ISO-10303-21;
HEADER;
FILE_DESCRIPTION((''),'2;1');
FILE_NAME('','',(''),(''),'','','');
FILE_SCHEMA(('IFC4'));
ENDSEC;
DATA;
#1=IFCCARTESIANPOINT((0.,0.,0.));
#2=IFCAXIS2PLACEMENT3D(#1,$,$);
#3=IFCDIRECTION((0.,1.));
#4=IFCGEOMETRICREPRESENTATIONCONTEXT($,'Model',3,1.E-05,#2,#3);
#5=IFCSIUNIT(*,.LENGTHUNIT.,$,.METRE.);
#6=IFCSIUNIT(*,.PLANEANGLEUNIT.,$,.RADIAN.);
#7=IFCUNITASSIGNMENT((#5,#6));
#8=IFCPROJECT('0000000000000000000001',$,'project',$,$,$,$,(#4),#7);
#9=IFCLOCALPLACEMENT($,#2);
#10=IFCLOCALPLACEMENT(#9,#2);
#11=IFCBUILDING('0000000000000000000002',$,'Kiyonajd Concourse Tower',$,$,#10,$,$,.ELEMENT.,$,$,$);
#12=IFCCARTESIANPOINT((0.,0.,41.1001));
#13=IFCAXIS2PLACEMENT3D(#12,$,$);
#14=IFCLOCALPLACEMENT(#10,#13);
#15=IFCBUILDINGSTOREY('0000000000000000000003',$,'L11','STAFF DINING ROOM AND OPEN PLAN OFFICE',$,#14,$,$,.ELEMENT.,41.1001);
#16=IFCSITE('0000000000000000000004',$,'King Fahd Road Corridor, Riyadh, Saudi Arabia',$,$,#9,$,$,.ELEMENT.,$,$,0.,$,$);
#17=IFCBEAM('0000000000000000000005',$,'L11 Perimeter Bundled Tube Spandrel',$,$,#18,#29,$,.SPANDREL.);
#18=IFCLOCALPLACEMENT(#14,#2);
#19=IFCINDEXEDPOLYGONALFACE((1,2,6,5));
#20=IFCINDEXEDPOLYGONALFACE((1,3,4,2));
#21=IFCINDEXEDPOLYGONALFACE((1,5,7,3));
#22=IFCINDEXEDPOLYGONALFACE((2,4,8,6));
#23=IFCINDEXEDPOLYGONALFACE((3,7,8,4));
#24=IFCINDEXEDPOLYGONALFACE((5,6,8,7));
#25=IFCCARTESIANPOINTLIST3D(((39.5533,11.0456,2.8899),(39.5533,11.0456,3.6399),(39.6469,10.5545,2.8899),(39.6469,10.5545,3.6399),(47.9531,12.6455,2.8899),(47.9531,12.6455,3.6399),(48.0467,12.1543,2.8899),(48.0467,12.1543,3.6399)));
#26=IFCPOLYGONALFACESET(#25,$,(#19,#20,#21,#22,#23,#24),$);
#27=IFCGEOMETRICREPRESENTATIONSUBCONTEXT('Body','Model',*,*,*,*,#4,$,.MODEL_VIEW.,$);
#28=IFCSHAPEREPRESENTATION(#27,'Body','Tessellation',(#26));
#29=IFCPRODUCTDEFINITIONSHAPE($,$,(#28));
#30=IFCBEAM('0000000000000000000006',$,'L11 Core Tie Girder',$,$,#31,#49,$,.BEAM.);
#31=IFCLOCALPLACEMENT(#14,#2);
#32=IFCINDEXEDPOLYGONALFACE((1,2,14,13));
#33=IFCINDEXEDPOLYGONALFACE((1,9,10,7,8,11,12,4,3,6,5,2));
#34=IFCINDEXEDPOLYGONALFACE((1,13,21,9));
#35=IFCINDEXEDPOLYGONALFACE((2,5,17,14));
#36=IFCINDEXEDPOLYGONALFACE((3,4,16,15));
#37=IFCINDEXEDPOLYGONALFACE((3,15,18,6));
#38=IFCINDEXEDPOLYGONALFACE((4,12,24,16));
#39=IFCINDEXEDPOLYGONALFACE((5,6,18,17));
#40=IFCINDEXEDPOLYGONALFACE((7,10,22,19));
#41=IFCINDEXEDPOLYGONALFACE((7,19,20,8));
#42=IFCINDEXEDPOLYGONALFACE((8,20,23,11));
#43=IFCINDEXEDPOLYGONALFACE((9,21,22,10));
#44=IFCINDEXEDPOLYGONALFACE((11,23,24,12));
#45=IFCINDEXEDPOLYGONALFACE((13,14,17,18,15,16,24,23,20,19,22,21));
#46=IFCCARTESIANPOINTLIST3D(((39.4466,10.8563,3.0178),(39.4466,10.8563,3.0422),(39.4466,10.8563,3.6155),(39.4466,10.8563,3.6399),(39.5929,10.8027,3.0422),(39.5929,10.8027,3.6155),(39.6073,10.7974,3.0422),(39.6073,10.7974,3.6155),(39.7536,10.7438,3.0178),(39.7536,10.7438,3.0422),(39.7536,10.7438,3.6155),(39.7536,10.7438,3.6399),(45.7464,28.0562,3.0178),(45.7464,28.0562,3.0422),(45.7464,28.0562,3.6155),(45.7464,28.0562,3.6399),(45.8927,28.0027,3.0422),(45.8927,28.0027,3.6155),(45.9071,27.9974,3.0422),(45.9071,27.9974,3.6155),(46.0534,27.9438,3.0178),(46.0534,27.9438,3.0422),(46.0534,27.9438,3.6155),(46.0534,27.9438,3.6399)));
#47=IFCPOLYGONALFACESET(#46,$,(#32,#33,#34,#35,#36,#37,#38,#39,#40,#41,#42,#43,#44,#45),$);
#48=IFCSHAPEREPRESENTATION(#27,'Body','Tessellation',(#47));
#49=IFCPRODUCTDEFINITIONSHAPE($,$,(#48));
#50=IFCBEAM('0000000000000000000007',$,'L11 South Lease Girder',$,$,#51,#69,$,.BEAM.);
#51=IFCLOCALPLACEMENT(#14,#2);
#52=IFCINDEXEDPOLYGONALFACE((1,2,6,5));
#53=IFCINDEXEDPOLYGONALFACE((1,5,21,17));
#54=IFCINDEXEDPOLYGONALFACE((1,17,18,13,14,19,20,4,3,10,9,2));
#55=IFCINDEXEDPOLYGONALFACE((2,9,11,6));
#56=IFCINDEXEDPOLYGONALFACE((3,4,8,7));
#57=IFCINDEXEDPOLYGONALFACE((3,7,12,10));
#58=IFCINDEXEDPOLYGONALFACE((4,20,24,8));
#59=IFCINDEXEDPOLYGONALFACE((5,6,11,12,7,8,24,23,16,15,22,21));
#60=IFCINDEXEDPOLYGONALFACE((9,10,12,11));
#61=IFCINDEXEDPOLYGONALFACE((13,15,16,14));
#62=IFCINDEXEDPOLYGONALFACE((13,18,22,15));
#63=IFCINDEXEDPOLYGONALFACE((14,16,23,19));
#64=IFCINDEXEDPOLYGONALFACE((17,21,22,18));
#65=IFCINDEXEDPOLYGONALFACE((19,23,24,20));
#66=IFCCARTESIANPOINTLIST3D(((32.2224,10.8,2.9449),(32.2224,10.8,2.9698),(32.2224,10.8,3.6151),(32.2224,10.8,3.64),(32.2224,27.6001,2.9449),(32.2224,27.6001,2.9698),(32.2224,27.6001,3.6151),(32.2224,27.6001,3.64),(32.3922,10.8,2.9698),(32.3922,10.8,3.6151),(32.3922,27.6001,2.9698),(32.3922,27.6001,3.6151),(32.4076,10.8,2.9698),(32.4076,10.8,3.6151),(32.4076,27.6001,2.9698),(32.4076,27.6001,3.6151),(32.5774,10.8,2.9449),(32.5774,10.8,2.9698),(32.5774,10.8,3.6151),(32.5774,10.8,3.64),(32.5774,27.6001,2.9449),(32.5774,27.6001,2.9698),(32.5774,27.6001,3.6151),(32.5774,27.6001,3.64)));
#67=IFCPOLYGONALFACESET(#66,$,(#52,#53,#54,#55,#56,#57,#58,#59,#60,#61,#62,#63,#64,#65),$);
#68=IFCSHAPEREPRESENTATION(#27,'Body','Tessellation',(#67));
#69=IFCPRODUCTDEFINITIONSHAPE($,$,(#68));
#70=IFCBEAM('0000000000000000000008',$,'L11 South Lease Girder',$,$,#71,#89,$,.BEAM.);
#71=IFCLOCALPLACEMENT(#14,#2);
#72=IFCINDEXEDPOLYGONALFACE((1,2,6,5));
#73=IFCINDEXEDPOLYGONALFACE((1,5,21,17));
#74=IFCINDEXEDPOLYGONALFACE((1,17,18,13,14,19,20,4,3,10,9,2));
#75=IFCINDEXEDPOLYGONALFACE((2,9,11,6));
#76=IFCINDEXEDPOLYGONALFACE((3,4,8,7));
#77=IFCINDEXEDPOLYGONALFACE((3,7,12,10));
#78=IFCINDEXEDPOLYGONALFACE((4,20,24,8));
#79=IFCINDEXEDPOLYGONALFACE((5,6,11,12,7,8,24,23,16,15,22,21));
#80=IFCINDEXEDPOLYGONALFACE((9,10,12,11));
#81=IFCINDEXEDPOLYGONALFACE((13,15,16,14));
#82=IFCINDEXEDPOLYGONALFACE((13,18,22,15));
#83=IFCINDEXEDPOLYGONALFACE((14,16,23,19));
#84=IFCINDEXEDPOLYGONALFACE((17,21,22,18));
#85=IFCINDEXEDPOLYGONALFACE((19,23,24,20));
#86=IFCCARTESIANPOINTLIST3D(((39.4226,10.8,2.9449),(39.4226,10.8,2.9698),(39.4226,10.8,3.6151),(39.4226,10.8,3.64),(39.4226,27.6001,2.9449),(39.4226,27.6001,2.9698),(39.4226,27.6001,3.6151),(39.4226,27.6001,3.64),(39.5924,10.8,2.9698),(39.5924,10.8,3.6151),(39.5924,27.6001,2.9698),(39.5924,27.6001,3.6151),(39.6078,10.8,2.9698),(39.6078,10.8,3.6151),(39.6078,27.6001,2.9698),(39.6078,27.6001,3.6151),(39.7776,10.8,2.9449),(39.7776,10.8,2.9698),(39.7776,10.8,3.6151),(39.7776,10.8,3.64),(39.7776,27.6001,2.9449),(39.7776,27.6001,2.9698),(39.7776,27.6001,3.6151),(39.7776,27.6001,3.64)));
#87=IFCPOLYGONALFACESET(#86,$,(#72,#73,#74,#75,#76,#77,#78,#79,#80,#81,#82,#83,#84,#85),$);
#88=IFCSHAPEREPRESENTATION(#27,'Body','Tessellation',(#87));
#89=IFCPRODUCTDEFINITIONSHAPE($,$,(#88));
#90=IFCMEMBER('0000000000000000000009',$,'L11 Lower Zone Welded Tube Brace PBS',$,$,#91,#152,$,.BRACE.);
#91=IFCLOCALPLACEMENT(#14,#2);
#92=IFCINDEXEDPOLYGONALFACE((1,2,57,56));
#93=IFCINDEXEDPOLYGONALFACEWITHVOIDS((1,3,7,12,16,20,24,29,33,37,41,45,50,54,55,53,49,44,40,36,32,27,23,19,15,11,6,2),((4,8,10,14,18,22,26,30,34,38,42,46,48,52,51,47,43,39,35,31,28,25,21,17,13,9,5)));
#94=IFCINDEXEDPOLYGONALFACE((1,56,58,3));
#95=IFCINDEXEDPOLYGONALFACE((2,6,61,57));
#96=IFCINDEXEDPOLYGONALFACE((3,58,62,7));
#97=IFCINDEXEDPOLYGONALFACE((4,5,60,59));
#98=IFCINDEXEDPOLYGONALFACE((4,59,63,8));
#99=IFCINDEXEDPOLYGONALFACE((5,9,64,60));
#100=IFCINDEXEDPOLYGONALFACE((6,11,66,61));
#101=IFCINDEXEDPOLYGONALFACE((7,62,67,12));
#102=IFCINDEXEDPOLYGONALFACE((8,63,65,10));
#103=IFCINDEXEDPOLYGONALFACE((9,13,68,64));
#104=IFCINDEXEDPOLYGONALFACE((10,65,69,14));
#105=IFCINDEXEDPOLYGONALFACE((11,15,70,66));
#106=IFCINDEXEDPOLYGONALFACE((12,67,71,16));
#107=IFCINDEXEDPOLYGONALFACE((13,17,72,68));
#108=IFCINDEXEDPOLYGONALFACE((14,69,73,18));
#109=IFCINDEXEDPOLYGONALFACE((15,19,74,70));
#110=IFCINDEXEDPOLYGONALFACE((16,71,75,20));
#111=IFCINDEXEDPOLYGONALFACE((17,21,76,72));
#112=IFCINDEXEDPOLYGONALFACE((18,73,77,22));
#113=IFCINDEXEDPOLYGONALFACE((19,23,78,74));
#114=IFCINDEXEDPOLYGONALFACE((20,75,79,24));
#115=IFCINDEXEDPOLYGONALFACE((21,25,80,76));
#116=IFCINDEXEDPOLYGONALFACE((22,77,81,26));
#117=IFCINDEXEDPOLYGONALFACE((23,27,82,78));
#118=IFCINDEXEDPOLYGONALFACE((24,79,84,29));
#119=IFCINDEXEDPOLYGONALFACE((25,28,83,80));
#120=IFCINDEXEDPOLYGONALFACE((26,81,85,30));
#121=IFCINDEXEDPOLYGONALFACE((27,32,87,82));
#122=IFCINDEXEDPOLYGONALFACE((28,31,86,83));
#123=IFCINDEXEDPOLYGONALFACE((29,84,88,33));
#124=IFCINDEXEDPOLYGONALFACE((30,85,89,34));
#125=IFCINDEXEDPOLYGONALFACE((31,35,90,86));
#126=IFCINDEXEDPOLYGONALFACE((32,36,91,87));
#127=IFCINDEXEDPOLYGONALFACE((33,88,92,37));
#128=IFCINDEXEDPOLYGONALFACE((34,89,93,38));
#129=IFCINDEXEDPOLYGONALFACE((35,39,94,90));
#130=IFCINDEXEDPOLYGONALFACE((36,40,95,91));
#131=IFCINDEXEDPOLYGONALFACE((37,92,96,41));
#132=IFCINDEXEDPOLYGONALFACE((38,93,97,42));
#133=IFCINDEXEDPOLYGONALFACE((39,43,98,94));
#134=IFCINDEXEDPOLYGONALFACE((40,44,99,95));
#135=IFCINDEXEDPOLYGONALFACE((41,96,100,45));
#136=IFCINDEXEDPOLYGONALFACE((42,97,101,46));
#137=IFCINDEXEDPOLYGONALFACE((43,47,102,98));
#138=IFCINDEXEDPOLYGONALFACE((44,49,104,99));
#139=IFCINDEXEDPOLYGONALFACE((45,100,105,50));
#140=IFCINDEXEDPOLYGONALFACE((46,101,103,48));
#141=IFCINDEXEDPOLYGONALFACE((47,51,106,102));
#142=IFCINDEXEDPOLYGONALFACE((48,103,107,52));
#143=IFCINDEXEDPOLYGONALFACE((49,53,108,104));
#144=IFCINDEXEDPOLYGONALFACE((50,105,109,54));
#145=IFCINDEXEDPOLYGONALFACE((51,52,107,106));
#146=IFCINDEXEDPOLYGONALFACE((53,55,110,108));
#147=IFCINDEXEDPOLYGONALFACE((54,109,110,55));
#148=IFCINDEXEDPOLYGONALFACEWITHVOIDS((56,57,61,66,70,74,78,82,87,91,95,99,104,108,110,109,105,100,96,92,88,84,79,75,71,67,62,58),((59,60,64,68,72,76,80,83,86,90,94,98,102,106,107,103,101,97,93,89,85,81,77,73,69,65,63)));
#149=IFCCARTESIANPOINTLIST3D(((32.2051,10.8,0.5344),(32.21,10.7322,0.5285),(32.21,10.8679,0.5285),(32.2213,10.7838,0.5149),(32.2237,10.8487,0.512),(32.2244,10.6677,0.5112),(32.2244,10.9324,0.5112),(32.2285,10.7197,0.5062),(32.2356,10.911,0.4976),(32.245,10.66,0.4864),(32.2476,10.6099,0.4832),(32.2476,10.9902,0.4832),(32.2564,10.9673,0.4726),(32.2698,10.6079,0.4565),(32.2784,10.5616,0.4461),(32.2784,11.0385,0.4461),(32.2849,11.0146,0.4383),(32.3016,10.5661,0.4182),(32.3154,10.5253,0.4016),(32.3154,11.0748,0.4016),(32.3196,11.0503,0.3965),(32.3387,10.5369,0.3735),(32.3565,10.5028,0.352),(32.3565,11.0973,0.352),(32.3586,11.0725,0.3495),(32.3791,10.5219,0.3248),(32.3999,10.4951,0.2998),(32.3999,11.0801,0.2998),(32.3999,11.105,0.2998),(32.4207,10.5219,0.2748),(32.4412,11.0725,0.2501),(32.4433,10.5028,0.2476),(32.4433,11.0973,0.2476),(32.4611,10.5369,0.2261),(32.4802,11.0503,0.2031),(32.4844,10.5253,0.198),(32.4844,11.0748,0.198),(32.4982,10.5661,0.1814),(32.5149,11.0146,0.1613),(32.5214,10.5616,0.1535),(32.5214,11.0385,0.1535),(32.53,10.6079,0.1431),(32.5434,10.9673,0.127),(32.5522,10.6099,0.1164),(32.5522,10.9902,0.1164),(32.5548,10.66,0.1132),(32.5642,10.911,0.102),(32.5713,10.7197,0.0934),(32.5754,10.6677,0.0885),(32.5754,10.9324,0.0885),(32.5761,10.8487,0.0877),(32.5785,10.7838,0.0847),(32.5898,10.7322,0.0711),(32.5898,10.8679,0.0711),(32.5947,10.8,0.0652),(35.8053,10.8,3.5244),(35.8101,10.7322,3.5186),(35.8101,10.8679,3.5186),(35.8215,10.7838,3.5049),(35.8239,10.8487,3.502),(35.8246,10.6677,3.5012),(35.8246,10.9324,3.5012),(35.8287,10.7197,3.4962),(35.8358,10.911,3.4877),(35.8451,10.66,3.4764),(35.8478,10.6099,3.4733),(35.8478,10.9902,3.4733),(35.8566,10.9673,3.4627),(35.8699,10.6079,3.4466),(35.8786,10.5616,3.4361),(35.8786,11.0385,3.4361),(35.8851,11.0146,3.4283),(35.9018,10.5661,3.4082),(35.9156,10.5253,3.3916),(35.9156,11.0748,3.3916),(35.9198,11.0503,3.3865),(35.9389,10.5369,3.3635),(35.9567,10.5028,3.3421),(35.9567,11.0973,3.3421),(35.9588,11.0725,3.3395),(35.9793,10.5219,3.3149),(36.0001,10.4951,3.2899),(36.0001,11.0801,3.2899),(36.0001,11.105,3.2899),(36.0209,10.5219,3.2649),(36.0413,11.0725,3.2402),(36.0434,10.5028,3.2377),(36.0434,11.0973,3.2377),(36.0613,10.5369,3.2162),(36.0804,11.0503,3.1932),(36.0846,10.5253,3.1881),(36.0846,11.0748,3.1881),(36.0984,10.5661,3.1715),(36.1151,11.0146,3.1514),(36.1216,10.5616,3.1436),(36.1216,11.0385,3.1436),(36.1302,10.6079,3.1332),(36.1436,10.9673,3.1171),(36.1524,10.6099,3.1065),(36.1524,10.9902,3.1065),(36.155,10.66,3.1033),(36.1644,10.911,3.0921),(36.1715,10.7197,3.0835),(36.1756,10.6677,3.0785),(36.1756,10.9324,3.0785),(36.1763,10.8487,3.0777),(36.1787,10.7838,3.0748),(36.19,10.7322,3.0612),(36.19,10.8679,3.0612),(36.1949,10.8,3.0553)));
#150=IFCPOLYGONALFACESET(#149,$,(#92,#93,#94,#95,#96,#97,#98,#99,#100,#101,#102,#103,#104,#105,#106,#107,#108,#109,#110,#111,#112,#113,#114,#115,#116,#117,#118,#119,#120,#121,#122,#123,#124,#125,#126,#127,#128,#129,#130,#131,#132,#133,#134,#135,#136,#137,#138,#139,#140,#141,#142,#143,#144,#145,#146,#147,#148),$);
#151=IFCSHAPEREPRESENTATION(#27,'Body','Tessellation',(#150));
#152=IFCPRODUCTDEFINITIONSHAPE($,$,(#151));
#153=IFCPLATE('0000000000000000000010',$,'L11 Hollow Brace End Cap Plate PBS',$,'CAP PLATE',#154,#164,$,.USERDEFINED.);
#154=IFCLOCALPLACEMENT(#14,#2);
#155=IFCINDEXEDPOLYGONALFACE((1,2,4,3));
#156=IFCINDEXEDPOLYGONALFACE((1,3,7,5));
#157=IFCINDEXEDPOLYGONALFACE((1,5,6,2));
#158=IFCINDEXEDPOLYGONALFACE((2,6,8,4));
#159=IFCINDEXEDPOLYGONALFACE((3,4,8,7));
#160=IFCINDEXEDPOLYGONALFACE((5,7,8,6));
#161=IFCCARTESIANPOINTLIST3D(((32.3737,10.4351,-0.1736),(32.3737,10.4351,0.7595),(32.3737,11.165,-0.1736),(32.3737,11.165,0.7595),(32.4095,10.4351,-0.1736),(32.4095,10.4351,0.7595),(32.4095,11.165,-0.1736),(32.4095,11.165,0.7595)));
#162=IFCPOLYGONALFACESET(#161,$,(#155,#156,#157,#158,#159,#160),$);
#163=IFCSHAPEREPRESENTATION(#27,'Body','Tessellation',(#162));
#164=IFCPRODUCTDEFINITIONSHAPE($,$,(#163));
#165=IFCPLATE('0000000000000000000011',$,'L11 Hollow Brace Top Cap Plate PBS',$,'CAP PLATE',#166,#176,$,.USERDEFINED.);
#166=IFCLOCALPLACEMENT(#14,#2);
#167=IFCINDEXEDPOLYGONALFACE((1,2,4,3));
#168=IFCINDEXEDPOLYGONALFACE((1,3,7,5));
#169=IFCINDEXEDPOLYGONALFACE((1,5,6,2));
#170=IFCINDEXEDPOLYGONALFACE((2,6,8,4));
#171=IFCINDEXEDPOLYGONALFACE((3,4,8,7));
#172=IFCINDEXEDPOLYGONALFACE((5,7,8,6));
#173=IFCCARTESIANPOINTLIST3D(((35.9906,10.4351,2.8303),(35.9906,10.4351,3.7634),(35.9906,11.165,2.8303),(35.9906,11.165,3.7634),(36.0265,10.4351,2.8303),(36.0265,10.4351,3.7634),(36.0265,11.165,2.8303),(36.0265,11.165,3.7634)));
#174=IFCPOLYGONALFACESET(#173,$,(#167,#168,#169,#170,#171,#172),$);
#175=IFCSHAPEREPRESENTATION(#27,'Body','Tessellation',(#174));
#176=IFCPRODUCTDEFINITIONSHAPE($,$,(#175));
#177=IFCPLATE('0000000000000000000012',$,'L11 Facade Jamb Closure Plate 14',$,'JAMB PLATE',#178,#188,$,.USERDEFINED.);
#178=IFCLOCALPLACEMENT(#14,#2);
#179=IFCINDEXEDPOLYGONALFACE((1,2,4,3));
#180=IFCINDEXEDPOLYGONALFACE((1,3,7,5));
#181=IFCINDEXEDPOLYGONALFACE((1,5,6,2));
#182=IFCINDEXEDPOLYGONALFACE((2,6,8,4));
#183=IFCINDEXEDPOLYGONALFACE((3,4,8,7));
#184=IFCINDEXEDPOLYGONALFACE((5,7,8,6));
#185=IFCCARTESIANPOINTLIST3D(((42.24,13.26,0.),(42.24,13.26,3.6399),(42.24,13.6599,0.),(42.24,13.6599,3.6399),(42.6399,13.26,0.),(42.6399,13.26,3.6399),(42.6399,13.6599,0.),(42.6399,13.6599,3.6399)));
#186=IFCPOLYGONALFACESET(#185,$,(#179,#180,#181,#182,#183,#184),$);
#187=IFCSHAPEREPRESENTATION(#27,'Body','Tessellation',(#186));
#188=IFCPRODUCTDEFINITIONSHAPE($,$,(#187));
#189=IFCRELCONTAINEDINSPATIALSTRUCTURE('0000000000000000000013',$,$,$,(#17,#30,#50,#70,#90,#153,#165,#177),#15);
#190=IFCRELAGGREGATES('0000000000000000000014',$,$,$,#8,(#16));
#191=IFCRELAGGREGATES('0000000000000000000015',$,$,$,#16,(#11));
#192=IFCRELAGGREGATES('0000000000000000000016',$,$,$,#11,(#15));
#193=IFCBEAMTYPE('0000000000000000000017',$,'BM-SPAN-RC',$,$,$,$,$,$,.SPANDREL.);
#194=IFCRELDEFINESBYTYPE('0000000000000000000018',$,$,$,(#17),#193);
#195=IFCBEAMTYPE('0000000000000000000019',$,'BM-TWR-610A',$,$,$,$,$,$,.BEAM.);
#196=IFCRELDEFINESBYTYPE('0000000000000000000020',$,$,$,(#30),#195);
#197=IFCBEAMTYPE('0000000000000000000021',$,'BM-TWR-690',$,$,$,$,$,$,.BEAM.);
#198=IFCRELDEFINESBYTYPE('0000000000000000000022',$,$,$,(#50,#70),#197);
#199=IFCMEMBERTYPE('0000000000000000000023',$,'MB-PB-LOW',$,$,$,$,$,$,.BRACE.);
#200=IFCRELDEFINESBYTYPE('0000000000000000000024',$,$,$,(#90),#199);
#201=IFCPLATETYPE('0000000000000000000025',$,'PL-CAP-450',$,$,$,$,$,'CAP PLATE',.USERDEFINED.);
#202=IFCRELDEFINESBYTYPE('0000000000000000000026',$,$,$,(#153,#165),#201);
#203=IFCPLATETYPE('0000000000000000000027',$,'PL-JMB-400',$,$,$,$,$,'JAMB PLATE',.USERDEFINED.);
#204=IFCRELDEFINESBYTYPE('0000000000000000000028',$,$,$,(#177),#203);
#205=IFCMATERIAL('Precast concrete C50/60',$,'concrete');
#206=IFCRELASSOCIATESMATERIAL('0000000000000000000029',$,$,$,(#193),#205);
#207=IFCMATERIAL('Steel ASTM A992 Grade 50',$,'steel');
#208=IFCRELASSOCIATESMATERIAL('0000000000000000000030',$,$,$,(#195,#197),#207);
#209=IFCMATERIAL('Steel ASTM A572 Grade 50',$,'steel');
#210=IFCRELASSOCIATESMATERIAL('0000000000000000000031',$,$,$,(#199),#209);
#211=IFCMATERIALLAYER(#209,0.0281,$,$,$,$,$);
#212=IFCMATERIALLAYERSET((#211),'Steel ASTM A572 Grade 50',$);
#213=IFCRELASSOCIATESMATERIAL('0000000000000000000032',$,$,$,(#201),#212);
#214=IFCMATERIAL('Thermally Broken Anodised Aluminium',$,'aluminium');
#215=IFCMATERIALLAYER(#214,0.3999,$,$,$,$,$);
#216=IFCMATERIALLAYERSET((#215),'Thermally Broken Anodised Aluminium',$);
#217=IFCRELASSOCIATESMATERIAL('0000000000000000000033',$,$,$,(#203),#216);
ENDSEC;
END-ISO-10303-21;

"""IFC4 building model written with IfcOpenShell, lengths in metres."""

from ifc_helpers import new_model, si_unit, direction, frame, origin, origin_2d, place, context, subcontext, project, spatial, rectangle, hollow_circle, i_section, extrude, material, layer, layer_set, material_profile, profile_set, type_object, element, save


model = new_model("IFC4")

# Units and contexts
model_context = context("Model", 3, precision=1e-05, world=origin(), true_north=direction((0.0, 1.0)))
body_context = subcontext(model_context, "Body", "Model", "MODEL_VIEW")
ifc_project = project(units=[si_unit("LENGTHUNIT", "METRE"), si_unit("PLANEANGLEUNIT", "RADIAN")], contexts=[model_context])

# Site, building, storey
site_placement = place(None, origin())
site = spatial("IfcSite", under=ifc_project, at=site_placement, Name="King Fahd Road Corridor, Riyadh, Saudi Arabia", CompositionType="ELEMENT", RefElevation=0.0)
building_placement = place(site_placement, origin())
building = spatial("IfcBuilding", under=site, at=building_placement, Name="Kiyonajd Concourse Tower", CompositionType="ELEMENT")
storey_placement = place(building_placement, frame((0.0, 0.0, 41.1001)))
storey = spatial("IfcBuildingStorey", under=building, at=storey_placement, Name="L11", Description="STAFF DINING ROOM AND OPEN PLAN OFFICE", CompositionType="ELEMENT", Elevation=41.1001)

# Beams
ifc_material_1 = material(Name="Steel ASTM A992 Grade 50", Category="steel")
ifc_material_2 = material(Name="Precast concrete C50/60", Category="concrete")
ifc_material_profile_1 = material_profile(ifc_material_2, rectangle(XDim=0.5, YDim=0.75, at=origin_2d()), Name="RCBM-500x750")
ifc_profile_set_1 = profile_set([ifc_material_profile_1], Name="Precast concrete C50/60")
beam_type_1 = type_object("IfcBeamType", Name="BM-SPAN-RC", PredefinedType="SPANDREL", material=ifc_profile_set_1)
beam_1_placement = place(storey_placement, frame((39.6001, 10.8, 3.2649), z_axis=(0.982341, 0.187098, 0.0), x_axis=(-0.187098, 0.982341, 0.0)))
element("IfcBeam", 1, at=beam_1_placement, inside=storey, type_object=beam_type_1, Name="L11 Perimeter Bundled Tube Spandrel", PredefinedType="SPANDREL", context=body_context, shape_type="SweptSolid", body=[
    extrude(rectangle(XDim=0.5, YDim=0.75, at=origin_2d()), origin(), (0.0, 0.0, 1.0), 8.5508),
])
ifc_material_profile_2 = material_profile(ifc_material_1, i_section(OverallWidth=0.3269, OverallDepth=0.6221, WebThickness=0.0154, FlangeThickness=0.0244, at=origin_2d()), Name="W610X195")
ifc_profile_set_2 = profile_set([ifc_material_profile_2], Name="Steel ASTM A992 Grade 50")
beam_type_2 = type_object("IfcBeamType", Name="BM-TWR-610A", PredefinedType="BEAM", material=ifc_profile_set_2)
beam_2_placement = place(storey_placement, frame((39.6001, 10.8, 3.3289), z_axis=(0.343925, 0.938997, 0.0), x_axis=(-0.938997, 0.343925, 0.0)))
element("IfcBeam", 2, at=beam_2_placement, inside=storey, type_object=beam_type_2, Name="L11 Core Tie Girder", PredefinedType="BEAM", context=body_context, shape_type="SweptSolid", body=[
    extrude(i_section(OverallWidth=0.3269, OverallDepth=0.6221, WebThickness=0.0154, FlangeThickness=0.0244, at=origin_2d()), origin(), (0.0, 0.0, 1.0), 18.3174),
])
ifc_material_profile_3 = material_profile(ifc_material_1, i_section(OverallWidth=0.355, OverallDepth=0.6951, WebThickness=0.0154, FlangeThickness=0.0249, at=origin_2d()), Name="W690X217")
ifc_profile_set_3 = profile_set([ifc_material_profile_3], Name="Steel ASTM A992 Grade 50")
beam_type_3 = type_object("IfcBeamType", Name="BM-TWR-690", PredefinedType="BEAM", material=ifc_profile_set_3)
for number, where, z_axis, x_axis, name in (
    (3, (32.3999, 10.8, 3.2925), (0.0, 1.0, 0.0), (-1.0, 0.0, 0.0), "L11 South Lease Girder"),
    (4, (39.6001, 10.8, 3.2925), (0.0, 1.0, 0.0), (-1.0, 0.0, 0.0), "L11 South Lease Girder"),
):
    element("IfcBeam", number, at=place(storey_placement, frame(where, z_axis=z_axis, x_axis=x_axis)), inside=storey, type_object=beam_type_3, Name=name, PredefinedType="BEAM", context=body_context, shape_type="SweptSolid", body=[
        extrude(i_section(OverallWidth=0.355, OverallDepth=0.6951, WebThickness=0.0154, FlangeThickness=0.0249, at=origin_2d()), origin(), (0.0, 0.0, 1.0), 16.8),
    ])

# Member
ifc_material_3 = material(Name="Steel ASTM A572 Grade 50", Category="steel")
ifc_material_profile_4 = material_profile(ifc_material_3, hollow_circle(Radius=0.3049, WallThickness=0.0249, at=origin_2d()), Name="CHS-610x25")
ifc_profile_set_4 = profile_set([ifc_material_profile_4], Name="Steel ASTM A572 Grade 50")
member_type = type_object("IfcMemberType", Name="MB-PB-LOW", PredefinedType="BRACE", material=ifc_profile_set_4)
member_placement = place(storey_placement, frame((32.3999, 10.8, 0.2998), z_axis=(0.769281, 0.0, 0.638911), x_axis=(0.0, 1.0, 0.0)))
element("IfcMember", 5, at=member_placement, inside=storey, type_object=member_type, Name="L11 Lower Zone Welded Tube Brace PBS", PredefinedType="BRACE", context=body_context, shape_type="SweptSolid", body=[
    extrude(hollow_circle(Radius=0.3049, WallThickness=0.0249, at=origin_2d()), origin(), (0.0, 0.0, 1.0), 4.6799),
])

# Plates
ifc_layer_1 = layer(ifc_material_3, 0.0281)
ifc_layer_set_1 = layer_set([ifc_layer_1], Name="Steel ASTM A572 Grade 50")
plate_type_1 = type_object("IfcPlateType", Name="PL-CAP-450", ElementType="CAP PLATE", PredefinedType="USERDEFINED", material=ifc_layer_set_1)
for number, where, z_axis, x_axis, name in (
    (6, (32.3916, 10.8, -0.1736), (0.0, 0.0, 1.0), (-1.0, 0.0, 0.0), "L11 Hollow Brace End Cap Plate PBS"),
    (7, (36.0085, 10.8, 2.8303), (0.0, 0.0, 1.0), (1.0, 0.0, 0.0), "L11 Hollow Brace Top Cap Plate PBS"),
):
    element("IfcPlate", number, at=place(storey_placement, frame(where, z_axis=z_axis, x_axis=x_axis)), inside=storey, type_object=plate_type_1, Name=name, ObjectType="CAP PLATE", PredefinedType="USERDEFINED", context=body_context, shape_type="SweptSolid", body=[
        extrude(rectangle(XDim=0.0359, YDim=0.73, at=origin_2d()), origin(), (0.0, 0.0, 1.0), 0.9331),
    ])
ifc_material_4 = material(Name="Thermally Broken Anodised Aluminium", Category="aluminium")
ifc_layer_2 = layer(ifc_material_4, 0.3999)
ifc_layer_set_2 = layer_set([ifc_layer_2], Name="Thermally Broken Anodised Aluminium")
plate_type_2 = type_object("IfcPlateType", Name="PL-JMB-400", ElementType="JAMB PLATE", PredefinedType="USERDEFINED", material=ifc_layer_set_2)
plate_placement = place(storey_placement, frame((42.4399, 13.46, 0.0), z_axis=(0.0, 0.0, 1.0), x_axis=(1.0, 0.0, 0.0)))
element("IfcPlate", 8, at=plate_placement, inside=storey, type_object=plate_type_2, Name="L11 Facade Jamb Closure Plate 14", ObjectType="JAMB PLATE", PredefinedType="USERDEFINED", context=body_context, shape_type="SweptSolid", body=[
    extrude(rectangle(XDim=0.3999, YDim=0.3999, at=origin_2d()), origin(), (0.0, 0.0, 1.0), 3.6399),
])

save(model, "model.ifc")
